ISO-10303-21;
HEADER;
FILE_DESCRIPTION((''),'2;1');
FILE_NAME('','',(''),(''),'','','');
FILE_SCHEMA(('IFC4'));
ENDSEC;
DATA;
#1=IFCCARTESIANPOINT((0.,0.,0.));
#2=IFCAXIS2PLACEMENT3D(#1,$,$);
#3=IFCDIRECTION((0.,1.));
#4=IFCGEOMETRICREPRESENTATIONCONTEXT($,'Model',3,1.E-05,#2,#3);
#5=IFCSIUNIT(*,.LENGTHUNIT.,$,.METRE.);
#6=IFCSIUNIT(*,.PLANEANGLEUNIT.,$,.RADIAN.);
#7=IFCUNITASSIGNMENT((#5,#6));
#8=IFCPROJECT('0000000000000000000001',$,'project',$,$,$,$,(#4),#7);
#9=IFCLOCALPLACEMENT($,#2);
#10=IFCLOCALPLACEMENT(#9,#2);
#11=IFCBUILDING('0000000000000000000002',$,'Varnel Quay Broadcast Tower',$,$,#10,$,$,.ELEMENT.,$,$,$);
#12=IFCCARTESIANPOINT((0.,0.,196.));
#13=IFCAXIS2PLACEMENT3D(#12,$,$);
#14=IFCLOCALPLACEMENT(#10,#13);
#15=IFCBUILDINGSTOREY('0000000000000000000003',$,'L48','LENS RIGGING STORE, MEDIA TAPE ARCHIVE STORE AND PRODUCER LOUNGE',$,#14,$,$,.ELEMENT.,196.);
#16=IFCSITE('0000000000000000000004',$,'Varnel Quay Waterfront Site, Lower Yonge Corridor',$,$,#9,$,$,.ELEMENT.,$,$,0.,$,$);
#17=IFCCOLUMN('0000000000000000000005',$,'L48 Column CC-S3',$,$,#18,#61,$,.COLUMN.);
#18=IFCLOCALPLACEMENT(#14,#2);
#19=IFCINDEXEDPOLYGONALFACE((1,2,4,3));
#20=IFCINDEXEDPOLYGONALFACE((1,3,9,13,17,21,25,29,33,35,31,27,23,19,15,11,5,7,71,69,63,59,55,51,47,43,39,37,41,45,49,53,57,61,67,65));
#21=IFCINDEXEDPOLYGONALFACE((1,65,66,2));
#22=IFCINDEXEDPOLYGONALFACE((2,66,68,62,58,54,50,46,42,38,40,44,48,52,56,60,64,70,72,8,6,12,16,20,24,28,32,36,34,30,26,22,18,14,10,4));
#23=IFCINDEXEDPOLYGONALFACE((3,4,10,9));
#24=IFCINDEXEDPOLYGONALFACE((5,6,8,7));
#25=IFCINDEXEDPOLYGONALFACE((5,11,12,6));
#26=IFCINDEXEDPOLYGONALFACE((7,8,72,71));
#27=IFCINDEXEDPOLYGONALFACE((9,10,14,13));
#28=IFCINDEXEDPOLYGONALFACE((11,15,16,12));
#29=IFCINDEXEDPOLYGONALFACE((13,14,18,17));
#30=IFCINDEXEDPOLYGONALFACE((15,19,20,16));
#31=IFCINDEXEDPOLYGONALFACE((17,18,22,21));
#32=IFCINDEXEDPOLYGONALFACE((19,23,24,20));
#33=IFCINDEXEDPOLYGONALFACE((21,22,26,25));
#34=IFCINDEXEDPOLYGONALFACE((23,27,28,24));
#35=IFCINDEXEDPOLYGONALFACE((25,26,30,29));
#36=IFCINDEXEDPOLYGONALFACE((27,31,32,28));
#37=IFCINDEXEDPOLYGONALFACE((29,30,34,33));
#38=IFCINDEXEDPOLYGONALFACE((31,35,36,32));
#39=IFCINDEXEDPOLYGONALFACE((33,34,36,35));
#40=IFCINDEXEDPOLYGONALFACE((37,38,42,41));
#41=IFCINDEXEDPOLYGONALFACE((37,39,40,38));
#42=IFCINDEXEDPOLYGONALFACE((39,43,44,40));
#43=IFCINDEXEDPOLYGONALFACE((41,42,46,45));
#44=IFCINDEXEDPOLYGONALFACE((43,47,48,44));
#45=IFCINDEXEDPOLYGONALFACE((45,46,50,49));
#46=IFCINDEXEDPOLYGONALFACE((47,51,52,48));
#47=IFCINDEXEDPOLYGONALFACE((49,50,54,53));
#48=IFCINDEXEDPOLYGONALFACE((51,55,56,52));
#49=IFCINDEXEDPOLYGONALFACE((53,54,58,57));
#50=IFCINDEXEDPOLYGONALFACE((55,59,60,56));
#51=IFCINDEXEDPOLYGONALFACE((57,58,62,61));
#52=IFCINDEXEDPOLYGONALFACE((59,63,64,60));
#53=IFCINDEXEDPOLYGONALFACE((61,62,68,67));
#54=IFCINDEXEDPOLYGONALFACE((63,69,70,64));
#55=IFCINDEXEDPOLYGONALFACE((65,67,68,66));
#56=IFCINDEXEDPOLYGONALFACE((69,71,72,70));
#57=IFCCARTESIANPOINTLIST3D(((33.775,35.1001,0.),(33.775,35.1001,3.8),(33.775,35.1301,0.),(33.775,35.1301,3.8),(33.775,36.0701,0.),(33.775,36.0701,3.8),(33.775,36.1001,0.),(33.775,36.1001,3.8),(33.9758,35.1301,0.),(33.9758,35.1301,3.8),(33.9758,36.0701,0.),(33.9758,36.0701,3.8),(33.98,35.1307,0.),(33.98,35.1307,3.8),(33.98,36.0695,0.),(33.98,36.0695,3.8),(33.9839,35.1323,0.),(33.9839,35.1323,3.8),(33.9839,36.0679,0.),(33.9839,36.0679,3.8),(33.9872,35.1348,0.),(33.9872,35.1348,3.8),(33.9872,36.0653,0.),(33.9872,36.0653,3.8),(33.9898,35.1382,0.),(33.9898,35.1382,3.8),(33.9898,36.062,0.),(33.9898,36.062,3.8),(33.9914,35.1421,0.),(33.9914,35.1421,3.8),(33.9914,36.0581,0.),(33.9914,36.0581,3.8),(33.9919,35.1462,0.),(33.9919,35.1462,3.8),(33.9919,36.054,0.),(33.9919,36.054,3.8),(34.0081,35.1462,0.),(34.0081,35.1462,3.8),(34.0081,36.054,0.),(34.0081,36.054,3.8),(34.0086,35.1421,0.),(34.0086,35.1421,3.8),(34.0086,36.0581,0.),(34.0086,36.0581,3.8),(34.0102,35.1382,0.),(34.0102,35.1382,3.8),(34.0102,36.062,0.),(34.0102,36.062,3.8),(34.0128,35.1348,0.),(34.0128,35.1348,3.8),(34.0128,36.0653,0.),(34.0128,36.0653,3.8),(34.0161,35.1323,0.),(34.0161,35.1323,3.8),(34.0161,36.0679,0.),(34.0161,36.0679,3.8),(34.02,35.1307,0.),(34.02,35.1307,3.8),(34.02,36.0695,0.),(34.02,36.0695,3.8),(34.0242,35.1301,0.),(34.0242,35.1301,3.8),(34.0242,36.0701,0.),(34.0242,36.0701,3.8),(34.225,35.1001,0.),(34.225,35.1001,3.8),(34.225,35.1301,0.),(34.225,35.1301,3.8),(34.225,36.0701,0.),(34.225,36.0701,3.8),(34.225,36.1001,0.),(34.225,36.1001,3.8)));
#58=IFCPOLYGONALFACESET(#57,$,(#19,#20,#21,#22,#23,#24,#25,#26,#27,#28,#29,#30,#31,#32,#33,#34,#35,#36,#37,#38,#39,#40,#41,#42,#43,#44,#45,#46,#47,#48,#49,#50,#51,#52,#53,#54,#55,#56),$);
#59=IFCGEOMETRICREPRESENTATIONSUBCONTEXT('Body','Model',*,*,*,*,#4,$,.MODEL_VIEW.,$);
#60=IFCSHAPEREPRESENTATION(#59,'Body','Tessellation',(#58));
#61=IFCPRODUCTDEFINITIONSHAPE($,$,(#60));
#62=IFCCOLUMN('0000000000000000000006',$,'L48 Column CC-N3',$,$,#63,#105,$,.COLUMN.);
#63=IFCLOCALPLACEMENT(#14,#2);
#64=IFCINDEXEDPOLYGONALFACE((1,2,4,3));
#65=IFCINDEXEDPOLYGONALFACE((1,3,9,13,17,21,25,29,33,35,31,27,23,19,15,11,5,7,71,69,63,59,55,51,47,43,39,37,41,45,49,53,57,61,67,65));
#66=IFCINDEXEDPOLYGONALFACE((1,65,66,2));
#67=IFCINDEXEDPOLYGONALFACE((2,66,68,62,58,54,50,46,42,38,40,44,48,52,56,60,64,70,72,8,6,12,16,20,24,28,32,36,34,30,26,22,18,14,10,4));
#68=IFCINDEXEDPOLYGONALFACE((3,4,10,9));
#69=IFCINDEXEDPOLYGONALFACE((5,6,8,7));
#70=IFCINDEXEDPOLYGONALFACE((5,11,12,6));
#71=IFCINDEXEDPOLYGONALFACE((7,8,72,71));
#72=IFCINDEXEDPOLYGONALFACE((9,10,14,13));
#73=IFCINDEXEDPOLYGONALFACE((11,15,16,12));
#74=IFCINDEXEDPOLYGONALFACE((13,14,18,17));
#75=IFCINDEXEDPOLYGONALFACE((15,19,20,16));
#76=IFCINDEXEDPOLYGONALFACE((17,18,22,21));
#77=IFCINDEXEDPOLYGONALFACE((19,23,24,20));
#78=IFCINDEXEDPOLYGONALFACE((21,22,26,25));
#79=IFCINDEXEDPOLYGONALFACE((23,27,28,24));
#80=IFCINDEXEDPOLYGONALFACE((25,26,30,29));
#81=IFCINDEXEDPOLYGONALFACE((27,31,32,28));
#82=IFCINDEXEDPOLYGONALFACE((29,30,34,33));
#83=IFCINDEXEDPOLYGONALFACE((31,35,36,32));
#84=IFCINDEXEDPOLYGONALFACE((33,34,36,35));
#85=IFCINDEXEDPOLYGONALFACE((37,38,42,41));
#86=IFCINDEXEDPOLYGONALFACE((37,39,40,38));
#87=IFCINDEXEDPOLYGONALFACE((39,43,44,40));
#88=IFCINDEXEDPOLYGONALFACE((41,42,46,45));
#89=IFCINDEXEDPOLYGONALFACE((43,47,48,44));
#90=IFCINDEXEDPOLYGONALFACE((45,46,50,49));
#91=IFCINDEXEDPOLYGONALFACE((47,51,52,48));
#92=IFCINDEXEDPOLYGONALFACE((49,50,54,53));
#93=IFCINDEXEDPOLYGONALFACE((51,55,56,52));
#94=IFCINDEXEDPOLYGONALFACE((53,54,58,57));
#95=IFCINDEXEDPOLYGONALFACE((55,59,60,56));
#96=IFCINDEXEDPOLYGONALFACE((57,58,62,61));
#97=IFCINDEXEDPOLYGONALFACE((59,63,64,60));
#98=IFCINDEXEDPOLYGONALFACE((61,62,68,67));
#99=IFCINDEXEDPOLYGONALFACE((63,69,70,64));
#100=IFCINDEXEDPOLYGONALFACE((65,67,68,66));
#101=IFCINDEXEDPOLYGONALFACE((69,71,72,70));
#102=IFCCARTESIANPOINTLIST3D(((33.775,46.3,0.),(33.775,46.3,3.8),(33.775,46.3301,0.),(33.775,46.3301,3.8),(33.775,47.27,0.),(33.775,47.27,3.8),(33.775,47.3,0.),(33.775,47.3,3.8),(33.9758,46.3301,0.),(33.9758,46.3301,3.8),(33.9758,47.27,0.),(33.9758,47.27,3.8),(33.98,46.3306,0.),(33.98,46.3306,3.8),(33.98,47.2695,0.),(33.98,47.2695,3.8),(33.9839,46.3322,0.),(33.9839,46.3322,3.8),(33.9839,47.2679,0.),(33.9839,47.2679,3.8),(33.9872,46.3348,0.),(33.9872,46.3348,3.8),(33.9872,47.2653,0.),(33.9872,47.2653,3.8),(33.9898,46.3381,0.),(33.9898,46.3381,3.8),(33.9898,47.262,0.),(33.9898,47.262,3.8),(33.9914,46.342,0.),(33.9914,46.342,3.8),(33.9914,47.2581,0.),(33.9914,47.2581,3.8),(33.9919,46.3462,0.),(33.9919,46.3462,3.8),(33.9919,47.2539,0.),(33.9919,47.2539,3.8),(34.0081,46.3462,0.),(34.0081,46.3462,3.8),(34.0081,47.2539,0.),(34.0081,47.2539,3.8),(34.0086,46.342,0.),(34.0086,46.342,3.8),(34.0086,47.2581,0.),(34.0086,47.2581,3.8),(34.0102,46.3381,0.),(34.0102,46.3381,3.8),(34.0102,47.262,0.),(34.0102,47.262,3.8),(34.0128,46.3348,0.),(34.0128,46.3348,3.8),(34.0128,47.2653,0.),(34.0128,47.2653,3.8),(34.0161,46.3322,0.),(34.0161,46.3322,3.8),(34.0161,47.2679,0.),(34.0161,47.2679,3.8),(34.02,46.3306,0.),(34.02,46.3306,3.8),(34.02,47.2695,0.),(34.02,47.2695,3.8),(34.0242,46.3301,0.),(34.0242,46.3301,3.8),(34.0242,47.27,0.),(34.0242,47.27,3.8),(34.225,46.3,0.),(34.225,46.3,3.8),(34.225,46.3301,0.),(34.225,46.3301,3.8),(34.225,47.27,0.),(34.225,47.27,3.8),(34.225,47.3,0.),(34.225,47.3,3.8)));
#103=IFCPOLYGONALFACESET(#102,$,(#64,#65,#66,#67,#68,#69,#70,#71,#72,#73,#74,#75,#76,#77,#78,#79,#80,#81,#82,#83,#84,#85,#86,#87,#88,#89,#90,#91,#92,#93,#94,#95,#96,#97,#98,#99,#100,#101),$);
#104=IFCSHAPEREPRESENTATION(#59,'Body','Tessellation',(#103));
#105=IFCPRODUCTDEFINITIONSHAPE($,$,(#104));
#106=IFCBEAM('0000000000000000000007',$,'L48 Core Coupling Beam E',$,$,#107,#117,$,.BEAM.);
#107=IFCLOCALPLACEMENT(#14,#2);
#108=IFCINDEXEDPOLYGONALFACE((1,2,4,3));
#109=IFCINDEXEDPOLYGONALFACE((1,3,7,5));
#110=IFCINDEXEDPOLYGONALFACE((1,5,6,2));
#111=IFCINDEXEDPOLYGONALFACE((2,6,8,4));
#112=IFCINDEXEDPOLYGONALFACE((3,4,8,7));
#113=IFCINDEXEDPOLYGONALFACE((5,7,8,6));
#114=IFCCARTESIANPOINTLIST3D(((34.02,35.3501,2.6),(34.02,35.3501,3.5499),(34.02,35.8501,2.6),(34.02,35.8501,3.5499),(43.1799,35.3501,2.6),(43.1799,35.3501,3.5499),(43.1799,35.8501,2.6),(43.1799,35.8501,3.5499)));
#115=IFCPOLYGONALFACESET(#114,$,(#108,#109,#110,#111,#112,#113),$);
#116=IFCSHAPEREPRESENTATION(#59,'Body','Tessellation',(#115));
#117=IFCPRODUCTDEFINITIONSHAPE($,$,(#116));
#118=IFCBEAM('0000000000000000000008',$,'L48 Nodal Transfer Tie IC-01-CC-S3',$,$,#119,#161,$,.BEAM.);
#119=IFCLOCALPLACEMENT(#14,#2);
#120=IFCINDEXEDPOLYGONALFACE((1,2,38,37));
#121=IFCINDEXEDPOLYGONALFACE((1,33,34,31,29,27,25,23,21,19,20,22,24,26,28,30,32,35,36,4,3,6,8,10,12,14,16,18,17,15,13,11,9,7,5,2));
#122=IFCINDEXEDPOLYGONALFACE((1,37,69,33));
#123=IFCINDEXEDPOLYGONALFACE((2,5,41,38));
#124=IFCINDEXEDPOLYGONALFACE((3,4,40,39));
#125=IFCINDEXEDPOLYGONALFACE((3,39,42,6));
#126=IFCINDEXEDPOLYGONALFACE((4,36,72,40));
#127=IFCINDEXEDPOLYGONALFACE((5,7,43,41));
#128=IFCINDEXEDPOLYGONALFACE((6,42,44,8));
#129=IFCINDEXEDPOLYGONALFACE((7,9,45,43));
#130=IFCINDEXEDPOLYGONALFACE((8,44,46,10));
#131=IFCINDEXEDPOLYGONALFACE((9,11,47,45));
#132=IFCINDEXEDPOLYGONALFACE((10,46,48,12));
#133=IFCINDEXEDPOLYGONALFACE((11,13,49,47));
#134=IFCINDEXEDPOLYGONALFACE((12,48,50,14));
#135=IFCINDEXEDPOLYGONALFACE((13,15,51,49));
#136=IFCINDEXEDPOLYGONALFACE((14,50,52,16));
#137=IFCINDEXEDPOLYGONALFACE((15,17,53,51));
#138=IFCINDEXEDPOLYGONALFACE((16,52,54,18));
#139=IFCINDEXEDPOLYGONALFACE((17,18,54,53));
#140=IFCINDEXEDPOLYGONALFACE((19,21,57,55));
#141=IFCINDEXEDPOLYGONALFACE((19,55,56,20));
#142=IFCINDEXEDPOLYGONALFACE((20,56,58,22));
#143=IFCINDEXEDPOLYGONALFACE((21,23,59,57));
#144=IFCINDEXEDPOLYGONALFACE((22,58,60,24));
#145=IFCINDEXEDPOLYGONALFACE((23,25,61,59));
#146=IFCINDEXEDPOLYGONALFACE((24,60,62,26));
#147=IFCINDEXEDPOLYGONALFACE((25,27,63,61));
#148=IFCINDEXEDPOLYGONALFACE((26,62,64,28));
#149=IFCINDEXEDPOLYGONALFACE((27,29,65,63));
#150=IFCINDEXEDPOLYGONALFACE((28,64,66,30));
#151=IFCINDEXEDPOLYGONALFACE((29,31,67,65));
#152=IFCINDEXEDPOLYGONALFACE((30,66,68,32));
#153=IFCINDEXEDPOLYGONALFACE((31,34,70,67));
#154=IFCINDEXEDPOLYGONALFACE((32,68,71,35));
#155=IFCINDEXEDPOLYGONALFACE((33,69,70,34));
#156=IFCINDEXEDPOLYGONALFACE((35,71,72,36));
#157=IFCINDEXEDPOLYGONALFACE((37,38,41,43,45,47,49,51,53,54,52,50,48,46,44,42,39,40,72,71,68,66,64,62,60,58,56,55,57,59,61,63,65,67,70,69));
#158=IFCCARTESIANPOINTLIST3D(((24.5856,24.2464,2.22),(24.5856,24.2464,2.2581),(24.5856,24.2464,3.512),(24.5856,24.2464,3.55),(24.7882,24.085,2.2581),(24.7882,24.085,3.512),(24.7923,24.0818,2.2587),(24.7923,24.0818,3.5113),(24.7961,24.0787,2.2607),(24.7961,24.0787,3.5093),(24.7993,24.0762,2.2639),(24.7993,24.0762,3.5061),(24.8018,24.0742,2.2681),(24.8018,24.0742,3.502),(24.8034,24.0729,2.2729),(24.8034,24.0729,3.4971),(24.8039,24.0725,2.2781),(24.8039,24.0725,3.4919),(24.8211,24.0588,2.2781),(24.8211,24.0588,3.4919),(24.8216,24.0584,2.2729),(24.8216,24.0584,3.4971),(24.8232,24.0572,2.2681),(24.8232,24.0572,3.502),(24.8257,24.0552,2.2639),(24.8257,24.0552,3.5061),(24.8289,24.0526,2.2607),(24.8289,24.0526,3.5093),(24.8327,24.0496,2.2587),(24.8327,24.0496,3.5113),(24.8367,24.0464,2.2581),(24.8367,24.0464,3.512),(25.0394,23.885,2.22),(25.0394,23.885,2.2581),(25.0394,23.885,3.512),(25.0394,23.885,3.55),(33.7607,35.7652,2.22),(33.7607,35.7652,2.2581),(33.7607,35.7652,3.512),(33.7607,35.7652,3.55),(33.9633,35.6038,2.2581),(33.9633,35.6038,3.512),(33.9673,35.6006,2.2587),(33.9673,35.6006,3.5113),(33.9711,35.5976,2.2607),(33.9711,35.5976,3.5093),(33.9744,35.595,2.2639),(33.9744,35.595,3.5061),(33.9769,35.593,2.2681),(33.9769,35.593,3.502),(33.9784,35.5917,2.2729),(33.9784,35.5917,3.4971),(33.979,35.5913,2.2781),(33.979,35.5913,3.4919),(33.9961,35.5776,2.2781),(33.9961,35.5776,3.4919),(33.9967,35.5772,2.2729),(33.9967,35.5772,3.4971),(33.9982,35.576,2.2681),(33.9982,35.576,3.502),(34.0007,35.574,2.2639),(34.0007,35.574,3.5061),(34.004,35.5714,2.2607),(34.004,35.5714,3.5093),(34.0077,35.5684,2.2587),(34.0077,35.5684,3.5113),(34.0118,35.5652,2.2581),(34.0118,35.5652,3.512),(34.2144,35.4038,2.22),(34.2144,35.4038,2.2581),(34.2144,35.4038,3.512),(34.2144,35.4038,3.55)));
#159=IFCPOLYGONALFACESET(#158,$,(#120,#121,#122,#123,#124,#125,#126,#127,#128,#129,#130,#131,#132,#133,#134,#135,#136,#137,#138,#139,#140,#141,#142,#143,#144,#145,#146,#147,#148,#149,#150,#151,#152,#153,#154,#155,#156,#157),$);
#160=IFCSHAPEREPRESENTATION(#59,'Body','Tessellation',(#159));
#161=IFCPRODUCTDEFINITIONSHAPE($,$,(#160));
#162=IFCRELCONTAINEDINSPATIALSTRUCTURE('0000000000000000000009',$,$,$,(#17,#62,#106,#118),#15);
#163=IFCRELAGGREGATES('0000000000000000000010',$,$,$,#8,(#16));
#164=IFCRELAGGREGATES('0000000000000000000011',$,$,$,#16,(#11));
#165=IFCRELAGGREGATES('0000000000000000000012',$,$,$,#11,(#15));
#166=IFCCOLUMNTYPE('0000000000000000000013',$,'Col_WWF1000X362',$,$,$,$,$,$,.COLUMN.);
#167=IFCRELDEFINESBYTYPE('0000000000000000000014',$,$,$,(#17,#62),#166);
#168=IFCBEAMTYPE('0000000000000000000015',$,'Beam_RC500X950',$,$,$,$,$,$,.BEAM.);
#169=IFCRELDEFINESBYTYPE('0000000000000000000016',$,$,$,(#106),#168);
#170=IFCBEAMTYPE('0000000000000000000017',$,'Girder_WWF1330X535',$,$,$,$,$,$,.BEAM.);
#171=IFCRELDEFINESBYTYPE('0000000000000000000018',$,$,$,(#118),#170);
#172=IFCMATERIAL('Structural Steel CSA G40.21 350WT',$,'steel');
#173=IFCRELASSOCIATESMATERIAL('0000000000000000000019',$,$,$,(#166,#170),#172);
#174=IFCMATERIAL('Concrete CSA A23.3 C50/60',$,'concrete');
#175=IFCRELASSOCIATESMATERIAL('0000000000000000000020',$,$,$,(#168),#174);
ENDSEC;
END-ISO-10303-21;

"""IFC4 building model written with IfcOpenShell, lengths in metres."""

from ifc_helpers import new_model, si_unit, direction, frame, origin, origin_2d, place, context, subcontext, project, spatial, rectangle, i_section, extrude, source, transform, mapped, material, material_profile, profile_set, type_object, type_shapes, element, save


model = new_model("IFC4")

# Units and contexts
model_context = context("Model", 3, precision=1e-05, world=origin(), true_north=direction((0.0, 1.0)))
body_context = subcontext(model_context, "Body", "Model", "MODEL_VIEW")
ifc_project = project(units=[si_unit("LENGTHUNIT", "METRE"), si_unit("PLANEANGLEUNIT", "RADIAN")], contexts=[model_context])

# Site, building, storey
site_placement = place(None, origin())
site = spatial("IfcSite", under=ifc_project, at=site_placement, Name="Varnel Quay Waterfront Site, Lower Yonge Corridor", CompositionType="ELEMENT", RefElevation=0.0)
building_placement = place(site_placement, origin())
building = spatial("IfcBuilding", under=site, at=building_placement, Name="Varnel Quay Broadcast Tower", CompositionType="ELEMENT")
storey_placement = place(building_placement, frame((0.0, 0.0, 196.0)))
storey = spatial("IfcBuildingStorey", under=building, at=storey_placement, Name="L48", Description="LENS RIGGING STORE, MEDIA TAPE ARCHIVE STORE AND PRODUCER LOUNGE", CompositionType="ELEMENT", Elevation=196.0)

# Columns
ifc_material_1 = material(Name="Structural Steel CSA G40.21 350WT", Category="steel")
ifc_material_profile_1 = material_profile(ifc_material_1, i_section(OverallWidth=0.45, OverallDepth=1.0, WebThickness=0.0161, FlangeThickness=0.03, FilletRadius=0.0161, at=origin_2d()), Name="WWF1000X362")
ifc_profile_set_1 = profile_set([ifc_material_profile_1], Name="Structural Steel CSA G40.21 350WT")
column_type = type_object("IfcColumnType", Name="Col_WWF1000X362", PredefinedType="COLUMN", material=ifc_profile_set_1)
shared_shape_1 = source(origin(), body_context, "Body", "SweptSolid", [
    extrude(i_section(OverallWidth=0.45, OverallDepth=1.0, WebThickness=0.0161, FlangeThickness=0.03, FilletRadius=0.0161, at=origin_2d()), origin(), (0.0, 0.0, 1.0), 3.8),
])
type_shapes(column_type, [shared_shape_1])
for number, where, z_axis, x_axis, name in (
    (1, (34.0, 35.6001, 0.0), (0.0, 0.0, 1.0), (1.0, 0.0, 0.0), "L48 Column CC-S3"),
    (2, (34.0, 46.8, 0.0), (0.0, 0.0, 1.0), (1.0, 0.0, 0.0), "L48 Column CC-N3"),
):
    element("IfcColumn", number, at=place(storey_placement, frame(where, z_axis=z_axis, x_axis=x_axis)), inside=storey, type_object=column_type, Name=name, PredefinedType="COLUMN", context=body_context, shape_type="MappedRepresentation", body=[
        mapped(shared_shape_1, transform((0.0, 0.0, 0.0), x_axis=(1.0, 0.0, 0.0), y_axis=(0.0, 1.0, 0.0), z_axis=(0.0, 0.0, 1.0), scale=1.0)),
    ])

# Beams
ifc_material_2 = material(Name="Concrete CSA A23.3 C50/60", Category="concrete")
ifc_material_profile_2 = material_profile(ifc_material_2, rectangle(XDim=0.5, YDim=0.95, at=origin_2d()), Name="RC500X950")
ifc_profile_set_2 = profile_set([ifc_material_profile_2], Name="Concrete CSA A23.3 C50/60")
beam_type_1 = type_object("IfcBeamType", Name="Beam_RC500X950", PredefinedType="BEAM", material=ifc_profile_set_2)
shared_shape_2 = source(origin(), body_context, "Body", "SweptSolid", [
    extrude(rectangle(XDim=0.5, YDim=0.95, at=origin_2d()), origin(), (0.0, 0.0, 1.0), 9.1599),
])
type_shapes(beam_type_1, [shared_shape_2])
beam_placement = place(storey_placement, frame((34.02, 35.6001, 3.075), z_axis=(1.0, 0.0, 0.0), x_axis=(0.0, 1.0, 0.0)))
element("IfcBeam", 3, at=beam_placement, inside=storey, type_object=beam_type_1, Name="L48 Core Coupling Beam E", PredefinedType="BEAM", context=body_context, shape_type="MappedRepresentation", body=[
    mapped(shared_shape_2, transform((0.0, 0.0, 0.0), x_axis=(1.0, 0.0, 0.0), y_axis=(0.0, 1.0, 0.0), z_axis=(0.0, 0.0, 1.0), scale=1.0)),
])
ifc_material_profile_3 = material_profile(ifc_material_1, i_section(OverallWidth=0.5801, OverallDepth=1.3301, WebThickness=0.022, FlangeThickness=0.0381, FilletRadius=0.02, at=origin_2d()), Name="WWF1330X535")
ifc_profile_set_3 = profile_set([ifc_material_profile_3], Name="Structural Steel CSA G40.21 350WT")
beam_type_2 = type_object("IfcBeamType", Name="Girder_WWF1330X535", PredefinedType="BEAM", material=ifc_profile_set_3)
shared_shape_3 = source(origin(), body_context, "Body", "SweptSolid", [
    extrude(i_section(OverallWidth=0.5801, OverallDepth=1.3301, WebThickness=0.022, FlangeThickness=0.0381, FilletRadius=0.02, at=origin_2d()), origin(), (0.0, 0.0, 1.0), 14.7263),
])
type_shapes(beam_type_2, [shared_shape_3])
for number, where, z_axis, x_axis, name in (
    (4, (33.9875, 35.5845, 2.885), (-0.623038, -0.782192, 0.0), (0.782192, -0.623038, 0.0), "L48 Nodal Transfer Tie IC-01-CC-S3"),
):
    element("IfcBeam", number, at=place(storey_placement, frame(where, z_axis=z_axis, x_axis=x_axis)), inside=storey, type_object=beam_type_2, Name=name, PredefinedType="BEAM", context=body_context, shape_type="MappedRepresentation", body=[
        mapped(shared_shape_3, transform((0.0, 0.0, 0.0), x_axis=(1.0, 0.0, 0.0), y_axis=(0.0, 1.0, 0.0), z_axis=(0.0, 0.0, 1.0), scale=1.0)),
    ])

save(model, "model.ifc")
